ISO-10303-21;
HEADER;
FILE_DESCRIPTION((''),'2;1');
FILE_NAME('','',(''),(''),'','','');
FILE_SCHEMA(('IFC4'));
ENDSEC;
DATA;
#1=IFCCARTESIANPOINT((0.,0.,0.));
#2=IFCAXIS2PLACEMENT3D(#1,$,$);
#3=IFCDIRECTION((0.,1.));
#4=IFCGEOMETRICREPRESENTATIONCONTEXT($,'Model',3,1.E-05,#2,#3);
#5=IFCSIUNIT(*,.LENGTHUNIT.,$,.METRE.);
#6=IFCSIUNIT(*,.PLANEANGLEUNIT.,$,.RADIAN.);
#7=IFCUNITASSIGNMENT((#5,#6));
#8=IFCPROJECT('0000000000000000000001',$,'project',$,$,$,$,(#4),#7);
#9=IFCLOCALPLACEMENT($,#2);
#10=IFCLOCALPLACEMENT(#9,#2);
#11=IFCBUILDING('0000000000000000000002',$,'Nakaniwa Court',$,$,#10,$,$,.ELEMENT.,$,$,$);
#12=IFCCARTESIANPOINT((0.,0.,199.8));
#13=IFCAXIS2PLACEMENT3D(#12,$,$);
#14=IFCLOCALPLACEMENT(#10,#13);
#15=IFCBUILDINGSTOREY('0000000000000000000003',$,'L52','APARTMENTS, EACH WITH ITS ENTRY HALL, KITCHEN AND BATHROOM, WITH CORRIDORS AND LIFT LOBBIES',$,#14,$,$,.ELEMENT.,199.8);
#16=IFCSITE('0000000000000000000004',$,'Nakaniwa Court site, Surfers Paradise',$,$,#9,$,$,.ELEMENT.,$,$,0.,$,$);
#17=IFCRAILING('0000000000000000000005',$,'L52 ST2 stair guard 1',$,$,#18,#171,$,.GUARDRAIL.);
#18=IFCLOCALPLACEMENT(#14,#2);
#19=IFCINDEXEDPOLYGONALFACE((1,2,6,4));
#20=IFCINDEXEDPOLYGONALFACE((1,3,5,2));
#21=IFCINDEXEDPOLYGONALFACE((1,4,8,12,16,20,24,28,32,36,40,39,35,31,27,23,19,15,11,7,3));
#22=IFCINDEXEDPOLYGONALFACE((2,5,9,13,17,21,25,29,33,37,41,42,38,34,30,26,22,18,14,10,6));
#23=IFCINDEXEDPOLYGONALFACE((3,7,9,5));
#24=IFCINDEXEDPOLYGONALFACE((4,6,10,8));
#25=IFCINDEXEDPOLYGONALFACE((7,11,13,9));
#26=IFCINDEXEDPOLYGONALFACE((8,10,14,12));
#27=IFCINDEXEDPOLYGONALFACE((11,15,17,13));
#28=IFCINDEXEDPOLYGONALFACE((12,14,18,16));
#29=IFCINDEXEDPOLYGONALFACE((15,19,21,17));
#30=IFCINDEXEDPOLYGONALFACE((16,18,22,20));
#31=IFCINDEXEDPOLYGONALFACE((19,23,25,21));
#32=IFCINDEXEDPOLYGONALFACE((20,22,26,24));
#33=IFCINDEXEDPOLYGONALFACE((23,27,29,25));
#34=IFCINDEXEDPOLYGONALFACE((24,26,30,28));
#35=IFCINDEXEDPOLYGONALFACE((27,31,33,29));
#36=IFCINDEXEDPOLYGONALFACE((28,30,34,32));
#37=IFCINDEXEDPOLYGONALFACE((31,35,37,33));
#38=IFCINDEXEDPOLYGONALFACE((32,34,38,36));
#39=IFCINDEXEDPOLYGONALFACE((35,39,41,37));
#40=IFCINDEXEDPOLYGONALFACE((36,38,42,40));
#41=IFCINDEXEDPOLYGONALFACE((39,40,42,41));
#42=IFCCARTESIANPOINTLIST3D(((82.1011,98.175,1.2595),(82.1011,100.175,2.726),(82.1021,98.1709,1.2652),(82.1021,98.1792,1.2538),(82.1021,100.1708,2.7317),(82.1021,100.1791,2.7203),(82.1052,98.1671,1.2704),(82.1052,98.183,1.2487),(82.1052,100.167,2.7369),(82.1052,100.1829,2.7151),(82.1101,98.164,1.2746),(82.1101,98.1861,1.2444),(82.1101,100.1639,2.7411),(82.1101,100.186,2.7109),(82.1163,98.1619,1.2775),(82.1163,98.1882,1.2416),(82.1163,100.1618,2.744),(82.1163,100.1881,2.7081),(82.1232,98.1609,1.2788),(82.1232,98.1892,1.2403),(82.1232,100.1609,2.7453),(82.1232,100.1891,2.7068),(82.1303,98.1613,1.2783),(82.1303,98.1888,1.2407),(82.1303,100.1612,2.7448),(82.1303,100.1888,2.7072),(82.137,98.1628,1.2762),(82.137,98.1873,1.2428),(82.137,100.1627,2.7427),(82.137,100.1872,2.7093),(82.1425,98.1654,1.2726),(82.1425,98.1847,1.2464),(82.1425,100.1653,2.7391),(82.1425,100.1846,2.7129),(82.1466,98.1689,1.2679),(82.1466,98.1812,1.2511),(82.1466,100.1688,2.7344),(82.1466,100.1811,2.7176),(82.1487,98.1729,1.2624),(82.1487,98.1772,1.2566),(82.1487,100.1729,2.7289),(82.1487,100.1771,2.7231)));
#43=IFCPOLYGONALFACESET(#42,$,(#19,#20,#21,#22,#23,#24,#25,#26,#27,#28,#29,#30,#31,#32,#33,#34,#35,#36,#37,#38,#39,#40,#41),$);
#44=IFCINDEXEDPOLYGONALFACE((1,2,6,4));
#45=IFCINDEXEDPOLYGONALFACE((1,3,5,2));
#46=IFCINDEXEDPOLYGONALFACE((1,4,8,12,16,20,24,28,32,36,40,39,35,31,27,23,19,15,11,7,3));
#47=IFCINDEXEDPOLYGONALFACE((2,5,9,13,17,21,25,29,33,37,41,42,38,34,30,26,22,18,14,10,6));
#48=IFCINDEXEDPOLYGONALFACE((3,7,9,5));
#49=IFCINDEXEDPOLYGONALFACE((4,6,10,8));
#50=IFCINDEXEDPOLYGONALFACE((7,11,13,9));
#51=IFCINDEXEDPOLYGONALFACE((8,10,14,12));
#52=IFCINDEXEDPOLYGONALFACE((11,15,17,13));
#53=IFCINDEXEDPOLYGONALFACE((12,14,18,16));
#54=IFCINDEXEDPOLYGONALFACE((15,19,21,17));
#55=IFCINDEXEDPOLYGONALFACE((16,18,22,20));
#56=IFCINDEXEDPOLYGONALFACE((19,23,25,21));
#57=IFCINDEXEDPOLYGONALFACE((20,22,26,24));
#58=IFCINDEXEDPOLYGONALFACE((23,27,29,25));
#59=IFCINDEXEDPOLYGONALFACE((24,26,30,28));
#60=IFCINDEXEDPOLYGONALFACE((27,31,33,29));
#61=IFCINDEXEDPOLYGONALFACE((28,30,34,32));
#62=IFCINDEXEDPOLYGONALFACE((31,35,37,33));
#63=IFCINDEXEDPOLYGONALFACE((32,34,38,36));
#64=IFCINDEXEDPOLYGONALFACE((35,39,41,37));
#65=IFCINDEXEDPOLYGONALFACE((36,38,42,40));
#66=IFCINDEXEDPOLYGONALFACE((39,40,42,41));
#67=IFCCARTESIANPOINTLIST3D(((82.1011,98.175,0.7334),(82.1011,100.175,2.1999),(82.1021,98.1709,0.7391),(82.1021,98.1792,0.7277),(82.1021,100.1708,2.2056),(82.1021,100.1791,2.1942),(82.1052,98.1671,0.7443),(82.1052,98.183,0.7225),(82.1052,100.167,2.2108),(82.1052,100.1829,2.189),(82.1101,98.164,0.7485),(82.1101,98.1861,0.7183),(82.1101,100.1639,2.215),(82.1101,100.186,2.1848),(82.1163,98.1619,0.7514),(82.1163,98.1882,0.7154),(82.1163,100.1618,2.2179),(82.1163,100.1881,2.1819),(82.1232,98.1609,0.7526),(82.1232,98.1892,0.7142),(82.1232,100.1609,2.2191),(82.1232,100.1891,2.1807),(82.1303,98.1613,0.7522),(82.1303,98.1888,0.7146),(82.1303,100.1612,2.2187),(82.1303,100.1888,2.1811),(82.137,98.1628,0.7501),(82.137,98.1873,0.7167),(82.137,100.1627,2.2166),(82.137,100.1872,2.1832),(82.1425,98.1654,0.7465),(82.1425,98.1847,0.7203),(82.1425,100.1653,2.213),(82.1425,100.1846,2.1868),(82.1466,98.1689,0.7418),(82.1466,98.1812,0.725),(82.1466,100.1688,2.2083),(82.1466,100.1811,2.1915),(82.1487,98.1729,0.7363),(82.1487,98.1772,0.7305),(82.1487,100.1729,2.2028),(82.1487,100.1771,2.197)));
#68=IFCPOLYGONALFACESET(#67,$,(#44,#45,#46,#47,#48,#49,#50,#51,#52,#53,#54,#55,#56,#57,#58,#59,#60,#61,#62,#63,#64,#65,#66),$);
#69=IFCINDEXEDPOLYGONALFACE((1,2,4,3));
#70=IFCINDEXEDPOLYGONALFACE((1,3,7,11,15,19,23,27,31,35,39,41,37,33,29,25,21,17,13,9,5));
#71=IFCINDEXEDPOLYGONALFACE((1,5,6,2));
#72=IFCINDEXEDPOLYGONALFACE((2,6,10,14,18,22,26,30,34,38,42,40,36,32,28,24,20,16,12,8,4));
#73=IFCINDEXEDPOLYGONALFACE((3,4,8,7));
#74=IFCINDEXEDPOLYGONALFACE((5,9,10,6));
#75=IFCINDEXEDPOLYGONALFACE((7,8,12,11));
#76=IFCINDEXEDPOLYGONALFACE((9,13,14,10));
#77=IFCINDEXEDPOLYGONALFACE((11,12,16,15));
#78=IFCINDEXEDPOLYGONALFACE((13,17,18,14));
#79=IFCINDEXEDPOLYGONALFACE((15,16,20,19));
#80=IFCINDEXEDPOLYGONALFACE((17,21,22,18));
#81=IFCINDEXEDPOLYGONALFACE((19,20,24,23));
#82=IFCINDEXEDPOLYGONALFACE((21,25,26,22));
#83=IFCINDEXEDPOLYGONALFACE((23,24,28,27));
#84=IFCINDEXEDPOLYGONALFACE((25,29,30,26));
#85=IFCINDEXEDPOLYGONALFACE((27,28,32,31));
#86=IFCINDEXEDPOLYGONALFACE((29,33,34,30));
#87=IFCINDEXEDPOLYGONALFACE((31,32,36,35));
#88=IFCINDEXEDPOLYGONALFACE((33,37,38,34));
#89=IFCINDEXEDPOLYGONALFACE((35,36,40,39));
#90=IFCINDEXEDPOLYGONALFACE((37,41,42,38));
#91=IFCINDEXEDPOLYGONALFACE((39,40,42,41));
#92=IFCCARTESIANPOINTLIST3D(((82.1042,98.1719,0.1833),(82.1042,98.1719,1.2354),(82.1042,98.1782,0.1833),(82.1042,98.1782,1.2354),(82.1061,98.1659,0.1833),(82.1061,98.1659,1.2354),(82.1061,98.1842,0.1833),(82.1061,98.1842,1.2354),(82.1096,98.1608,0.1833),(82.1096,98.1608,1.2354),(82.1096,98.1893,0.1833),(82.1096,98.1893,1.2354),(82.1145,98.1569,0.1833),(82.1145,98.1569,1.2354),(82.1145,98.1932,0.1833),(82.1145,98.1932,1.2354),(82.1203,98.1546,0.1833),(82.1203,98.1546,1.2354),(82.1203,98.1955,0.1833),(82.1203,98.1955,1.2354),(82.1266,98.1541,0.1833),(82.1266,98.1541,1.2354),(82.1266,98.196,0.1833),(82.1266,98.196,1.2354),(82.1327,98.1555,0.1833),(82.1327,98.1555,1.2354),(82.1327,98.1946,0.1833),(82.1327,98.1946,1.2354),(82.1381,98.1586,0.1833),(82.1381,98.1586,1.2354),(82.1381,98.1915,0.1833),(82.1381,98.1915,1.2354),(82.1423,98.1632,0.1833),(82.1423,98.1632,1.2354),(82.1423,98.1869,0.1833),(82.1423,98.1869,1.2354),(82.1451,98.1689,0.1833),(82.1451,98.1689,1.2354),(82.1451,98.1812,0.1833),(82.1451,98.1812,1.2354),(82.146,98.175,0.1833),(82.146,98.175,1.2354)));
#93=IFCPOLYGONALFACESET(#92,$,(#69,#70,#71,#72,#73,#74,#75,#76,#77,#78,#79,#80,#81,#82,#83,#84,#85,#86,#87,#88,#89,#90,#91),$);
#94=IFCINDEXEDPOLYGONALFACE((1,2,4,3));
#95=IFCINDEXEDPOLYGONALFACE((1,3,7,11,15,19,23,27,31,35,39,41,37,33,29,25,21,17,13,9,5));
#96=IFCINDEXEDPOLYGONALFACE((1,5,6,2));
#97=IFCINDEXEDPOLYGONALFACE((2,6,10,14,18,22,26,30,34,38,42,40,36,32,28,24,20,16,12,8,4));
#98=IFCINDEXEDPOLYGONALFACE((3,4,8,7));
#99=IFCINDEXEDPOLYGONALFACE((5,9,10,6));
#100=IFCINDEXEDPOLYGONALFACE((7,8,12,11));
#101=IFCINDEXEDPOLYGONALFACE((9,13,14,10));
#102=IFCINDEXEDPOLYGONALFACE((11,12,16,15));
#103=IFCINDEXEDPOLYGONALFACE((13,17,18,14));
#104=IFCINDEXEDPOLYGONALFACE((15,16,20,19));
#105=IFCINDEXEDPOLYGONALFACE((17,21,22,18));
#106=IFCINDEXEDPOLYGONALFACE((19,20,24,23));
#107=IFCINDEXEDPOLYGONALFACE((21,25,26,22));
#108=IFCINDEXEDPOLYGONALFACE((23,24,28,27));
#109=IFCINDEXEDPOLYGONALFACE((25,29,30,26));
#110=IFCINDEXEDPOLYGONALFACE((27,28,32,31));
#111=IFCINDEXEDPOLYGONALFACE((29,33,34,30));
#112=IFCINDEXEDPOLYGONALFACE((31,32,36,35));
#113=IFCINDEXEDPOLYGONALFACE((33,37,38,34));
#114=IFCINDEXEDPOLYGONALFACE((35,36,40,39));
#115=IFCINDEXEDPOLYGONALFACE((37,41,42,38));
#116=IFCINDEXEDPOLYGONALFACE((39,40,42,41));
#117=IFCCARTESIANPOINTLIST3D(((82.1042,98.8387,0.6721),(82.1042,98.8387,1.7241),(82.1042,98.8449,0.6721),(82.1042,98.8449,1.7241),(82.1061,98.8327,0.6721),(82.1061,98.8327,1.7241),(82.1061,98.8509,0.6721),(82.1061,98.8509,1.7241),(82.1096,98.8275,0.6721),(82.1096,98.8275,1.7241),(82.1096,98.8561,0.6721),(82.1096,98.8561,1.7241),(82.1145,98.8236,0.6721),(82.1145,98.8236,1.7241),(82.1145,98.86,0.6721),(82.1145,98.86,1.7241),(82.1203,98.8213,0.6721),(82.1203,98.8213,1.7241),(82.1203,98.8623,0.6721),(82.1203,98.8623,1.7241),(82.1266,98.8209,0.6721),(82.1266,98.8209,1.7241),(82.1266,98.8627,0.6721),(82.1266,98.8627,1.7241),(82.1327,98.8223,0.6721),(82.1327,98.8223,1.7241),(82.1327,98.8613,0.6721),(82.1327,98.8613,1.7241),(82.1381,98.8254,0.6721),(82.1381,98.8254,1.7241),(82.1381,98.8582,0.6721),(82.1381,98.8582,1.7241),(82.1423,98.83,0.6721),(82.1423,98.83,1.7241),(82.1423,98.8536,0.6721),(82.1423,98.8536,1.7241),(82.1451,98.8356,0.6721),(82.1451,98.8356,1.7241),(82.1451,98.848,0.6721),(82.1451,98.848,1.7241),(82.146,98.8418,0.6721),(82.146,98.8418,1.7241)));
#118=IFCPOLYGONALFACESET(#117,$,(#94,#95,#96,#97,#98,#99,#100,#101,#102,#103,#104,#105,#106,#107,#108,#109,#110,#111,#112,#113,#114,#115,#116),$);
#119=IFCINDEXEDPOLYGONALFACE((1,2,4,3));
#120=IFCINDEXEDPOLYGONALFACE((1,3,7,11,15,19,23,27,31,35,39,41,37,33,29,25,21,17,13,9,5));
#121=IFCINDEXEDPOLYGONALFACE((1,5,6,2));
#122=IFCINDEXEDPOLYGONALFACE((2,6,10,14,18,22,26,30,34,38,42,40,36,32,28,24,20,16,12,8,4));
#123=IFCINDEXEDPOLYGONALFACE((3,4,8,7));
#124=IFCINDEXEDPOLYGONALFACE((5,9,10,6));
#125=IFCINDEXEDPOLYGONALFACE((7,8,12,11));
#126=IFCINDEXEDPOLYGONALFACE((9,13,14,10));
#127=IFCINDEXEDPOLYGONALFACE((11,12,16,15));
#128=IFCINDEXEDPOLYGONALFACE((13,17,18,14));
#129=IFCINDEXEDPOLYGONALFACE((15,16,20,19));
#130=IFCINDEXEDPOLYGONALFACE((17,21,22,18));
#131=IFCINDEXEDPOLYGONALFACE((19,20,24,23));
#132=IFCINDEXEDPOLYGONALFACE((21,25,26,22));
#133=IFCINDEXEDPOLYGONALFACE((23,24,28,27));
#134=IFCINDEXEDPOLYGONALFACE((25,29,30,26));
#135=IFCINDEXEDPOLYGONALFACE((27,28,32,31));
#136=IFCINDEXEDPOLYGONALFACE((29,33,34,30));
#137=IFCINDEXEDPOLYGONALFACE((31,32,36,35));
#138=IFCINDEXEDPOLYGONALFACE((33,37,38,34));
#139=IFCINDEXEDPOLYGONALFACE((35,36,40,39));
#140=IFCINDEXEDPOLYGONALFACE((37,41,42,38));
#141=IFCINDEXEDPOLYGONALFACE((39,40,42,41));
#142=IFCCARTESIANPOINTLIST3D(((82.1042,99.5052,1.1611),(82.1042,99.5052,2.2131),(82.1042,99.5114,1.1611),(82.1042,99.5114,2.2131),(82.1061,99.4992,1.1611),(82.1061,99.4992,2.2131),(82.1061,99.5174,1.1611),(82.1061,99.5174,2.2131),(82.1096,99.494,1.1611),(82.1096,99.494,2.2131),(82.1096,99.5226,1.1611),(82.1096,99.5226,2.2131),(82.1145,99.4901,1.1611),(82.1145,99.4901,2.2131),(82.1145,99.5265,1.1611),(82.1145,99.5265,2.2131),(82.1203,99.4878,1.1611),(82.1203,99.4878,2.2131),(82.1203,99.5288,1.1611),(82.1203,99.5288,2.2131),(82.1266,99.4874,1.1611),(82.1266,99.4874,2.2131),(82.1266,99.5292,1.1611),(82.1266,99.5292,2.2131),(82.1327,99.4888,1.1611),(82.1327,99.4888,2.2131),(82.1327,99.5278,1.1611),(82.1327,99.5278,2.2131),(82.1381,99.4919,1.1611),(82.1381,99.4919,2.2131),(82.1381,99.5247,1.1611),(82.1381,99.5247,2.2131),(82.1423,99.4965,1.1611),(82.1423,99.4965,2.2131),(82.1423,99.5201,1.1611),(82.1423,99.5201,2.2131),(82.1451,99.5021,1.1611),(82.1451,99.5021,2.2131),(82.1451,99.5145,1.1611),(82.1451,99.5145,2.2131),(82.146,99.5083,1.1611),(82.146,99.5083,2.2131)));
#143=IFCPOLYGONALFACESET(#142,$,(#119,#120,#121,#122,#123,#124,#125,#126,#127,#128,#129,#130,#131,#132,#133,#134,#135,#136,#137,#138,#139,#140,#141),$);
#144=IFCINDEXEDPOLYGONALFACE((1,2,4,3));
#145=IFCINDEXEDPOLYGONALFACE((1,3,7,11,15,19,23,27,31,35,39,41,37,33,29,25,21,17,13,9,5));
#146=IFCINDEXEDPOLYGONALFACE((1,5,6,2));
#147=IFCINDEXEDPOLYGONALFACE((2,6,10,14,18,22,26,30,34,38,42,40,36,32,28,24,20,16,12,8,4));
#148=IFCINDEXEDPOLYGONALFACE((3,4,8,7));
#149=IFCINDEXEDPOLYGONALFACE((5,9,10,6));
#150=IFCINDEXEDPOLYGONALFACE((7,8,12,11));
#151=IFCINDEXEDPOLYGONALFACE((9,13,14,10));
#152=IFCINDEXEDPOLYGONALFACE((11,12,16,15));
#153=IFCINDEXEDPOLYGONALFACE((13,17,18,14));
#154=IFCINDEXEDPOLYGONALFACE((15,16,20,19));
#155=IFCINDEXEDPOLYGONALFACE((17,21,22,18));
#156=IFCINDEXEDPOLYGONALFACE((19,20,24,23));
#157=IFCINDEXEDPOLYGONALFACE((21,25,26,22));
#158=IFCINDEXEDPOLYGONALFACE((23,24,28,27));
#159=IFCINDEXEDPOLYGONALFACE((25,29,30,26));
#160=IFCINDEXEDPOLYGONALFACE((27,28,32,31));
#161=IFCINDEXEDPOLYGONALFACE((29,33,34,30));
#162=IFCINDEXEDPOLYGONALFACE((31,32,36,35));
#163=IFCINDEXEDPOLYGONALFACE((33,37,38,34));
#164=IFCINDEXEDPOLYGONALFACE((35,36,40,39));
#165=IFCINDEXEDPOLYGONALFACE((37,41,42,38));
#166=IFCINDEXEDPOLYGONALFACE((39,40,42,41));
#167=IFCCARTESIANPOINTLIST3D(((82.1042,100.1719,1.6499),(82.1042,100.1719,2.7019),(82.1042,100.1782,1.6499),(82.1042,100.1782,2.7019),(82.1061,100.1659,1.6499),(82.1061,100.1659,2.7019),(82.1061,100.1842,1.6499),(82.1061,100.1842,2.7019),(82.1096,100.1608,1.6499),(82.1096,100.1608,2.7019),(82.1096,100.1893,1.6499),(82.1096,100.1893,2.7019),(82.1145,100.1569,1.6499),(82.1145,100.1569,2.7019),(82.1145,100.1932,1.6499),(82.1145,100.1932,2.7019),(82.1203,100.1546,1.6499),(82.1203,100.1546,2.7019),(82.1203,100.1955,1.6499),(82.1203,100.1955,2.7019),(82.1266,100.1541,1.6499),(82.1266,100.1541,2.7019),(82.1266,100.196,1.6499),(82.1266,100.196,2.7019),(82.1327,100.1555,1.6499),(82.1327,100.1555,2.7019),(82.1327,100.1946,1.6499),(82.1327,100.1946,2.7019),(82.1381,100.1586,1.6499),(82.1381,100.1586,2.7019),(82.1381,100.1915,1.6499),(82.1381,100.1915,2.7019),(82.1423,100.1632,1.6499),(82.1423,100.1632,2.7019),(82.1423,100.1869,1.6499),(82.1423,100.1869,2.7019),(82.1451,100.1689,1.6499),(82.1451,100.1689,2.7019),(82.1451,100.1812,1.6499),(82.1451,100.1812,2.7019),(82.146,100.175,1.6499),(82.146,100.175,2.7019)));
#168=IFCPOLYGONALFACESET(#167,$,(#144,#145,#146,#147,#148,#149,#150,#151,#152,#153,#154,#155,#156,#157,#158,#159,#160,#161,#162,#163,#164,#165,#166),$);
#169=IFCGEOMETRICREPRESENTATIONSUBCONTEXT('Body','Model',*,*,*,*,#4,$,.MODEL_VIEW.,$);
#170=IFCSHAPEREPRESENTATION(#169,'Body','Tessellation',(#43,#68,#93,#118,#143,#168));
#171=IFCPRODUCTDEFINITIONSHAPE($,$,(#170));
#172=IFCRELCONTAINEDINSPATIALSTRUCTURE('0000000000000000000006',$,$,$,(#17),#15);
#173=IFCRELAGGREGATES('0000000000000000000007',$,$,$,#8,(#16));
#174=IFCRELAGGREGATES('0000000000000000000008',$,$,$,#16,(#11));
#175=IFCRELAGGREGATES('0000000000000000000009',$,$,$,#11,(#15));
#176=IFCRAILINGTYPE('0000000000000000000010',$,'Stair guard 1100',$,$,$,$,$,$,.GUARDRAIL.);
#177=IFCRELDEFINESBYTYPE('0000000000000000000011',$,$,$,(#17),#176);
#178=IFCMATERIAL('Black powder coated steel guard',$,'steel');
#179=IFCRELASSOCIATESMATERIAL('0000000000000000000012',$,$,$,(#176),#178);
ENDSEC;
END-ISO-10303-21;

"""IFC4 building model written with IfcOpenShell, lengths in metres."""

from ifc_helpers import new_model, si_unit, direction, frame, origin, origin_2d, place, context, subcontext, project, spatial, circle, extrude, material, type_object, element, save


model = new_model("IFC4")

# Units and contexts
model_context = context("Model", 3, precision=1e-05, world=origin(), true_north=direction((0.0, 1.0)))
body_context = subcontext(model_context, "Body", "Model", "MODEL_VIEW")
ifc_project = project(units=[si_unit("LENGTHUNIT", "METRE"), si_unit("PLANEANGLEUNIT", "RADIAN")], contexts=[model_context])

# Site, building, storey
site_placement = place(None, origin())
site = spatial("IfcSite", under=ifc_project, at=site_placement, Name="Nakaniwa Court site, Surfers Paradise", CompositionType="ELEMENT", RefElevation=0.0)
building_placement = place(site_placement, origin())
building = spatial("IfcBuilding", under=site, at=building_placement, Name="Nakaniwa Court", CompositionType="ELEMENT")
storey_placement = place(building_placement, frame((0.0, 0.0, 199.8)))
storey = spatial("IfcBuildingStorey", under=building, at=storey_placement, Name="L52", Description="APARTMENTS, EACH WITH ITS ENTRY HALL, KITCHEN AND BATHROOM, WITH CORRIDORS AND LIFT LOBBIES", CompositionType="ELEMENT", Elevation=199.8)

# Railing
ifc_material_1 = material(Name="Black powder coated steel guard", Category="steel")
railing_type_1 = type_object("IfcRailingType", Name="Stair guard 1100", PredefinedType="GUARDRAIL", material=ifc_material_1)
railing_1_placement = place(storey_placement, frame((82.125, 98.175, 0.1833)))
element("IfcRailing", 1, at=railing_1_placement, inside=storey, type_object=railing_type_1, Name="L52 ST2 stair guard 1", PredefinedType="GUARDRAIL", context=body_context, shape_type="SweptSolid", body=[
    extrude(circle(Radius=0.0239, at=origin_2d()), frame((0.0, 0.0, 1.0762), z_axis=(0.0, 0.806427, 0.591334), x_axis=(-1.0, 0.0, 0.0)), (0.0, 0.0, 1.0), 2.48),
    extrude(circle(Radius=0.0239, at=origin_2d()), frame((0.0, 0.0, 0.55), z_axis=(0.0, 0.806427, 0.591334), x_axis=(-1.0, 0.0, 0.0)), (0.0, 0.0, 1.0), 2.48),
    extrude(circle(Radius=0.021, at=origin_2d()), origin(), (0.0, 0.0, 1.0), 1.052),
    extrude(circle(Radius=0.021, at=origin_2d()), frame((0.0, 0.6667, 0.4888)), (0.0, 0.0, 1.0), 1.052),
    extrude(circle(Radius=0.021, at=origin_2d()), frame((0.0, 1.3333, 0.9778)), (0.0, 0.0, 1.0), 1.052),
    extrude(circle(Radius=0.021, at=origin_2d()), frame((0.0, 2.0, 1.4666)), (0.0, 0.0, 1.0), 1.052),
])

save(model, "model.ifc")
